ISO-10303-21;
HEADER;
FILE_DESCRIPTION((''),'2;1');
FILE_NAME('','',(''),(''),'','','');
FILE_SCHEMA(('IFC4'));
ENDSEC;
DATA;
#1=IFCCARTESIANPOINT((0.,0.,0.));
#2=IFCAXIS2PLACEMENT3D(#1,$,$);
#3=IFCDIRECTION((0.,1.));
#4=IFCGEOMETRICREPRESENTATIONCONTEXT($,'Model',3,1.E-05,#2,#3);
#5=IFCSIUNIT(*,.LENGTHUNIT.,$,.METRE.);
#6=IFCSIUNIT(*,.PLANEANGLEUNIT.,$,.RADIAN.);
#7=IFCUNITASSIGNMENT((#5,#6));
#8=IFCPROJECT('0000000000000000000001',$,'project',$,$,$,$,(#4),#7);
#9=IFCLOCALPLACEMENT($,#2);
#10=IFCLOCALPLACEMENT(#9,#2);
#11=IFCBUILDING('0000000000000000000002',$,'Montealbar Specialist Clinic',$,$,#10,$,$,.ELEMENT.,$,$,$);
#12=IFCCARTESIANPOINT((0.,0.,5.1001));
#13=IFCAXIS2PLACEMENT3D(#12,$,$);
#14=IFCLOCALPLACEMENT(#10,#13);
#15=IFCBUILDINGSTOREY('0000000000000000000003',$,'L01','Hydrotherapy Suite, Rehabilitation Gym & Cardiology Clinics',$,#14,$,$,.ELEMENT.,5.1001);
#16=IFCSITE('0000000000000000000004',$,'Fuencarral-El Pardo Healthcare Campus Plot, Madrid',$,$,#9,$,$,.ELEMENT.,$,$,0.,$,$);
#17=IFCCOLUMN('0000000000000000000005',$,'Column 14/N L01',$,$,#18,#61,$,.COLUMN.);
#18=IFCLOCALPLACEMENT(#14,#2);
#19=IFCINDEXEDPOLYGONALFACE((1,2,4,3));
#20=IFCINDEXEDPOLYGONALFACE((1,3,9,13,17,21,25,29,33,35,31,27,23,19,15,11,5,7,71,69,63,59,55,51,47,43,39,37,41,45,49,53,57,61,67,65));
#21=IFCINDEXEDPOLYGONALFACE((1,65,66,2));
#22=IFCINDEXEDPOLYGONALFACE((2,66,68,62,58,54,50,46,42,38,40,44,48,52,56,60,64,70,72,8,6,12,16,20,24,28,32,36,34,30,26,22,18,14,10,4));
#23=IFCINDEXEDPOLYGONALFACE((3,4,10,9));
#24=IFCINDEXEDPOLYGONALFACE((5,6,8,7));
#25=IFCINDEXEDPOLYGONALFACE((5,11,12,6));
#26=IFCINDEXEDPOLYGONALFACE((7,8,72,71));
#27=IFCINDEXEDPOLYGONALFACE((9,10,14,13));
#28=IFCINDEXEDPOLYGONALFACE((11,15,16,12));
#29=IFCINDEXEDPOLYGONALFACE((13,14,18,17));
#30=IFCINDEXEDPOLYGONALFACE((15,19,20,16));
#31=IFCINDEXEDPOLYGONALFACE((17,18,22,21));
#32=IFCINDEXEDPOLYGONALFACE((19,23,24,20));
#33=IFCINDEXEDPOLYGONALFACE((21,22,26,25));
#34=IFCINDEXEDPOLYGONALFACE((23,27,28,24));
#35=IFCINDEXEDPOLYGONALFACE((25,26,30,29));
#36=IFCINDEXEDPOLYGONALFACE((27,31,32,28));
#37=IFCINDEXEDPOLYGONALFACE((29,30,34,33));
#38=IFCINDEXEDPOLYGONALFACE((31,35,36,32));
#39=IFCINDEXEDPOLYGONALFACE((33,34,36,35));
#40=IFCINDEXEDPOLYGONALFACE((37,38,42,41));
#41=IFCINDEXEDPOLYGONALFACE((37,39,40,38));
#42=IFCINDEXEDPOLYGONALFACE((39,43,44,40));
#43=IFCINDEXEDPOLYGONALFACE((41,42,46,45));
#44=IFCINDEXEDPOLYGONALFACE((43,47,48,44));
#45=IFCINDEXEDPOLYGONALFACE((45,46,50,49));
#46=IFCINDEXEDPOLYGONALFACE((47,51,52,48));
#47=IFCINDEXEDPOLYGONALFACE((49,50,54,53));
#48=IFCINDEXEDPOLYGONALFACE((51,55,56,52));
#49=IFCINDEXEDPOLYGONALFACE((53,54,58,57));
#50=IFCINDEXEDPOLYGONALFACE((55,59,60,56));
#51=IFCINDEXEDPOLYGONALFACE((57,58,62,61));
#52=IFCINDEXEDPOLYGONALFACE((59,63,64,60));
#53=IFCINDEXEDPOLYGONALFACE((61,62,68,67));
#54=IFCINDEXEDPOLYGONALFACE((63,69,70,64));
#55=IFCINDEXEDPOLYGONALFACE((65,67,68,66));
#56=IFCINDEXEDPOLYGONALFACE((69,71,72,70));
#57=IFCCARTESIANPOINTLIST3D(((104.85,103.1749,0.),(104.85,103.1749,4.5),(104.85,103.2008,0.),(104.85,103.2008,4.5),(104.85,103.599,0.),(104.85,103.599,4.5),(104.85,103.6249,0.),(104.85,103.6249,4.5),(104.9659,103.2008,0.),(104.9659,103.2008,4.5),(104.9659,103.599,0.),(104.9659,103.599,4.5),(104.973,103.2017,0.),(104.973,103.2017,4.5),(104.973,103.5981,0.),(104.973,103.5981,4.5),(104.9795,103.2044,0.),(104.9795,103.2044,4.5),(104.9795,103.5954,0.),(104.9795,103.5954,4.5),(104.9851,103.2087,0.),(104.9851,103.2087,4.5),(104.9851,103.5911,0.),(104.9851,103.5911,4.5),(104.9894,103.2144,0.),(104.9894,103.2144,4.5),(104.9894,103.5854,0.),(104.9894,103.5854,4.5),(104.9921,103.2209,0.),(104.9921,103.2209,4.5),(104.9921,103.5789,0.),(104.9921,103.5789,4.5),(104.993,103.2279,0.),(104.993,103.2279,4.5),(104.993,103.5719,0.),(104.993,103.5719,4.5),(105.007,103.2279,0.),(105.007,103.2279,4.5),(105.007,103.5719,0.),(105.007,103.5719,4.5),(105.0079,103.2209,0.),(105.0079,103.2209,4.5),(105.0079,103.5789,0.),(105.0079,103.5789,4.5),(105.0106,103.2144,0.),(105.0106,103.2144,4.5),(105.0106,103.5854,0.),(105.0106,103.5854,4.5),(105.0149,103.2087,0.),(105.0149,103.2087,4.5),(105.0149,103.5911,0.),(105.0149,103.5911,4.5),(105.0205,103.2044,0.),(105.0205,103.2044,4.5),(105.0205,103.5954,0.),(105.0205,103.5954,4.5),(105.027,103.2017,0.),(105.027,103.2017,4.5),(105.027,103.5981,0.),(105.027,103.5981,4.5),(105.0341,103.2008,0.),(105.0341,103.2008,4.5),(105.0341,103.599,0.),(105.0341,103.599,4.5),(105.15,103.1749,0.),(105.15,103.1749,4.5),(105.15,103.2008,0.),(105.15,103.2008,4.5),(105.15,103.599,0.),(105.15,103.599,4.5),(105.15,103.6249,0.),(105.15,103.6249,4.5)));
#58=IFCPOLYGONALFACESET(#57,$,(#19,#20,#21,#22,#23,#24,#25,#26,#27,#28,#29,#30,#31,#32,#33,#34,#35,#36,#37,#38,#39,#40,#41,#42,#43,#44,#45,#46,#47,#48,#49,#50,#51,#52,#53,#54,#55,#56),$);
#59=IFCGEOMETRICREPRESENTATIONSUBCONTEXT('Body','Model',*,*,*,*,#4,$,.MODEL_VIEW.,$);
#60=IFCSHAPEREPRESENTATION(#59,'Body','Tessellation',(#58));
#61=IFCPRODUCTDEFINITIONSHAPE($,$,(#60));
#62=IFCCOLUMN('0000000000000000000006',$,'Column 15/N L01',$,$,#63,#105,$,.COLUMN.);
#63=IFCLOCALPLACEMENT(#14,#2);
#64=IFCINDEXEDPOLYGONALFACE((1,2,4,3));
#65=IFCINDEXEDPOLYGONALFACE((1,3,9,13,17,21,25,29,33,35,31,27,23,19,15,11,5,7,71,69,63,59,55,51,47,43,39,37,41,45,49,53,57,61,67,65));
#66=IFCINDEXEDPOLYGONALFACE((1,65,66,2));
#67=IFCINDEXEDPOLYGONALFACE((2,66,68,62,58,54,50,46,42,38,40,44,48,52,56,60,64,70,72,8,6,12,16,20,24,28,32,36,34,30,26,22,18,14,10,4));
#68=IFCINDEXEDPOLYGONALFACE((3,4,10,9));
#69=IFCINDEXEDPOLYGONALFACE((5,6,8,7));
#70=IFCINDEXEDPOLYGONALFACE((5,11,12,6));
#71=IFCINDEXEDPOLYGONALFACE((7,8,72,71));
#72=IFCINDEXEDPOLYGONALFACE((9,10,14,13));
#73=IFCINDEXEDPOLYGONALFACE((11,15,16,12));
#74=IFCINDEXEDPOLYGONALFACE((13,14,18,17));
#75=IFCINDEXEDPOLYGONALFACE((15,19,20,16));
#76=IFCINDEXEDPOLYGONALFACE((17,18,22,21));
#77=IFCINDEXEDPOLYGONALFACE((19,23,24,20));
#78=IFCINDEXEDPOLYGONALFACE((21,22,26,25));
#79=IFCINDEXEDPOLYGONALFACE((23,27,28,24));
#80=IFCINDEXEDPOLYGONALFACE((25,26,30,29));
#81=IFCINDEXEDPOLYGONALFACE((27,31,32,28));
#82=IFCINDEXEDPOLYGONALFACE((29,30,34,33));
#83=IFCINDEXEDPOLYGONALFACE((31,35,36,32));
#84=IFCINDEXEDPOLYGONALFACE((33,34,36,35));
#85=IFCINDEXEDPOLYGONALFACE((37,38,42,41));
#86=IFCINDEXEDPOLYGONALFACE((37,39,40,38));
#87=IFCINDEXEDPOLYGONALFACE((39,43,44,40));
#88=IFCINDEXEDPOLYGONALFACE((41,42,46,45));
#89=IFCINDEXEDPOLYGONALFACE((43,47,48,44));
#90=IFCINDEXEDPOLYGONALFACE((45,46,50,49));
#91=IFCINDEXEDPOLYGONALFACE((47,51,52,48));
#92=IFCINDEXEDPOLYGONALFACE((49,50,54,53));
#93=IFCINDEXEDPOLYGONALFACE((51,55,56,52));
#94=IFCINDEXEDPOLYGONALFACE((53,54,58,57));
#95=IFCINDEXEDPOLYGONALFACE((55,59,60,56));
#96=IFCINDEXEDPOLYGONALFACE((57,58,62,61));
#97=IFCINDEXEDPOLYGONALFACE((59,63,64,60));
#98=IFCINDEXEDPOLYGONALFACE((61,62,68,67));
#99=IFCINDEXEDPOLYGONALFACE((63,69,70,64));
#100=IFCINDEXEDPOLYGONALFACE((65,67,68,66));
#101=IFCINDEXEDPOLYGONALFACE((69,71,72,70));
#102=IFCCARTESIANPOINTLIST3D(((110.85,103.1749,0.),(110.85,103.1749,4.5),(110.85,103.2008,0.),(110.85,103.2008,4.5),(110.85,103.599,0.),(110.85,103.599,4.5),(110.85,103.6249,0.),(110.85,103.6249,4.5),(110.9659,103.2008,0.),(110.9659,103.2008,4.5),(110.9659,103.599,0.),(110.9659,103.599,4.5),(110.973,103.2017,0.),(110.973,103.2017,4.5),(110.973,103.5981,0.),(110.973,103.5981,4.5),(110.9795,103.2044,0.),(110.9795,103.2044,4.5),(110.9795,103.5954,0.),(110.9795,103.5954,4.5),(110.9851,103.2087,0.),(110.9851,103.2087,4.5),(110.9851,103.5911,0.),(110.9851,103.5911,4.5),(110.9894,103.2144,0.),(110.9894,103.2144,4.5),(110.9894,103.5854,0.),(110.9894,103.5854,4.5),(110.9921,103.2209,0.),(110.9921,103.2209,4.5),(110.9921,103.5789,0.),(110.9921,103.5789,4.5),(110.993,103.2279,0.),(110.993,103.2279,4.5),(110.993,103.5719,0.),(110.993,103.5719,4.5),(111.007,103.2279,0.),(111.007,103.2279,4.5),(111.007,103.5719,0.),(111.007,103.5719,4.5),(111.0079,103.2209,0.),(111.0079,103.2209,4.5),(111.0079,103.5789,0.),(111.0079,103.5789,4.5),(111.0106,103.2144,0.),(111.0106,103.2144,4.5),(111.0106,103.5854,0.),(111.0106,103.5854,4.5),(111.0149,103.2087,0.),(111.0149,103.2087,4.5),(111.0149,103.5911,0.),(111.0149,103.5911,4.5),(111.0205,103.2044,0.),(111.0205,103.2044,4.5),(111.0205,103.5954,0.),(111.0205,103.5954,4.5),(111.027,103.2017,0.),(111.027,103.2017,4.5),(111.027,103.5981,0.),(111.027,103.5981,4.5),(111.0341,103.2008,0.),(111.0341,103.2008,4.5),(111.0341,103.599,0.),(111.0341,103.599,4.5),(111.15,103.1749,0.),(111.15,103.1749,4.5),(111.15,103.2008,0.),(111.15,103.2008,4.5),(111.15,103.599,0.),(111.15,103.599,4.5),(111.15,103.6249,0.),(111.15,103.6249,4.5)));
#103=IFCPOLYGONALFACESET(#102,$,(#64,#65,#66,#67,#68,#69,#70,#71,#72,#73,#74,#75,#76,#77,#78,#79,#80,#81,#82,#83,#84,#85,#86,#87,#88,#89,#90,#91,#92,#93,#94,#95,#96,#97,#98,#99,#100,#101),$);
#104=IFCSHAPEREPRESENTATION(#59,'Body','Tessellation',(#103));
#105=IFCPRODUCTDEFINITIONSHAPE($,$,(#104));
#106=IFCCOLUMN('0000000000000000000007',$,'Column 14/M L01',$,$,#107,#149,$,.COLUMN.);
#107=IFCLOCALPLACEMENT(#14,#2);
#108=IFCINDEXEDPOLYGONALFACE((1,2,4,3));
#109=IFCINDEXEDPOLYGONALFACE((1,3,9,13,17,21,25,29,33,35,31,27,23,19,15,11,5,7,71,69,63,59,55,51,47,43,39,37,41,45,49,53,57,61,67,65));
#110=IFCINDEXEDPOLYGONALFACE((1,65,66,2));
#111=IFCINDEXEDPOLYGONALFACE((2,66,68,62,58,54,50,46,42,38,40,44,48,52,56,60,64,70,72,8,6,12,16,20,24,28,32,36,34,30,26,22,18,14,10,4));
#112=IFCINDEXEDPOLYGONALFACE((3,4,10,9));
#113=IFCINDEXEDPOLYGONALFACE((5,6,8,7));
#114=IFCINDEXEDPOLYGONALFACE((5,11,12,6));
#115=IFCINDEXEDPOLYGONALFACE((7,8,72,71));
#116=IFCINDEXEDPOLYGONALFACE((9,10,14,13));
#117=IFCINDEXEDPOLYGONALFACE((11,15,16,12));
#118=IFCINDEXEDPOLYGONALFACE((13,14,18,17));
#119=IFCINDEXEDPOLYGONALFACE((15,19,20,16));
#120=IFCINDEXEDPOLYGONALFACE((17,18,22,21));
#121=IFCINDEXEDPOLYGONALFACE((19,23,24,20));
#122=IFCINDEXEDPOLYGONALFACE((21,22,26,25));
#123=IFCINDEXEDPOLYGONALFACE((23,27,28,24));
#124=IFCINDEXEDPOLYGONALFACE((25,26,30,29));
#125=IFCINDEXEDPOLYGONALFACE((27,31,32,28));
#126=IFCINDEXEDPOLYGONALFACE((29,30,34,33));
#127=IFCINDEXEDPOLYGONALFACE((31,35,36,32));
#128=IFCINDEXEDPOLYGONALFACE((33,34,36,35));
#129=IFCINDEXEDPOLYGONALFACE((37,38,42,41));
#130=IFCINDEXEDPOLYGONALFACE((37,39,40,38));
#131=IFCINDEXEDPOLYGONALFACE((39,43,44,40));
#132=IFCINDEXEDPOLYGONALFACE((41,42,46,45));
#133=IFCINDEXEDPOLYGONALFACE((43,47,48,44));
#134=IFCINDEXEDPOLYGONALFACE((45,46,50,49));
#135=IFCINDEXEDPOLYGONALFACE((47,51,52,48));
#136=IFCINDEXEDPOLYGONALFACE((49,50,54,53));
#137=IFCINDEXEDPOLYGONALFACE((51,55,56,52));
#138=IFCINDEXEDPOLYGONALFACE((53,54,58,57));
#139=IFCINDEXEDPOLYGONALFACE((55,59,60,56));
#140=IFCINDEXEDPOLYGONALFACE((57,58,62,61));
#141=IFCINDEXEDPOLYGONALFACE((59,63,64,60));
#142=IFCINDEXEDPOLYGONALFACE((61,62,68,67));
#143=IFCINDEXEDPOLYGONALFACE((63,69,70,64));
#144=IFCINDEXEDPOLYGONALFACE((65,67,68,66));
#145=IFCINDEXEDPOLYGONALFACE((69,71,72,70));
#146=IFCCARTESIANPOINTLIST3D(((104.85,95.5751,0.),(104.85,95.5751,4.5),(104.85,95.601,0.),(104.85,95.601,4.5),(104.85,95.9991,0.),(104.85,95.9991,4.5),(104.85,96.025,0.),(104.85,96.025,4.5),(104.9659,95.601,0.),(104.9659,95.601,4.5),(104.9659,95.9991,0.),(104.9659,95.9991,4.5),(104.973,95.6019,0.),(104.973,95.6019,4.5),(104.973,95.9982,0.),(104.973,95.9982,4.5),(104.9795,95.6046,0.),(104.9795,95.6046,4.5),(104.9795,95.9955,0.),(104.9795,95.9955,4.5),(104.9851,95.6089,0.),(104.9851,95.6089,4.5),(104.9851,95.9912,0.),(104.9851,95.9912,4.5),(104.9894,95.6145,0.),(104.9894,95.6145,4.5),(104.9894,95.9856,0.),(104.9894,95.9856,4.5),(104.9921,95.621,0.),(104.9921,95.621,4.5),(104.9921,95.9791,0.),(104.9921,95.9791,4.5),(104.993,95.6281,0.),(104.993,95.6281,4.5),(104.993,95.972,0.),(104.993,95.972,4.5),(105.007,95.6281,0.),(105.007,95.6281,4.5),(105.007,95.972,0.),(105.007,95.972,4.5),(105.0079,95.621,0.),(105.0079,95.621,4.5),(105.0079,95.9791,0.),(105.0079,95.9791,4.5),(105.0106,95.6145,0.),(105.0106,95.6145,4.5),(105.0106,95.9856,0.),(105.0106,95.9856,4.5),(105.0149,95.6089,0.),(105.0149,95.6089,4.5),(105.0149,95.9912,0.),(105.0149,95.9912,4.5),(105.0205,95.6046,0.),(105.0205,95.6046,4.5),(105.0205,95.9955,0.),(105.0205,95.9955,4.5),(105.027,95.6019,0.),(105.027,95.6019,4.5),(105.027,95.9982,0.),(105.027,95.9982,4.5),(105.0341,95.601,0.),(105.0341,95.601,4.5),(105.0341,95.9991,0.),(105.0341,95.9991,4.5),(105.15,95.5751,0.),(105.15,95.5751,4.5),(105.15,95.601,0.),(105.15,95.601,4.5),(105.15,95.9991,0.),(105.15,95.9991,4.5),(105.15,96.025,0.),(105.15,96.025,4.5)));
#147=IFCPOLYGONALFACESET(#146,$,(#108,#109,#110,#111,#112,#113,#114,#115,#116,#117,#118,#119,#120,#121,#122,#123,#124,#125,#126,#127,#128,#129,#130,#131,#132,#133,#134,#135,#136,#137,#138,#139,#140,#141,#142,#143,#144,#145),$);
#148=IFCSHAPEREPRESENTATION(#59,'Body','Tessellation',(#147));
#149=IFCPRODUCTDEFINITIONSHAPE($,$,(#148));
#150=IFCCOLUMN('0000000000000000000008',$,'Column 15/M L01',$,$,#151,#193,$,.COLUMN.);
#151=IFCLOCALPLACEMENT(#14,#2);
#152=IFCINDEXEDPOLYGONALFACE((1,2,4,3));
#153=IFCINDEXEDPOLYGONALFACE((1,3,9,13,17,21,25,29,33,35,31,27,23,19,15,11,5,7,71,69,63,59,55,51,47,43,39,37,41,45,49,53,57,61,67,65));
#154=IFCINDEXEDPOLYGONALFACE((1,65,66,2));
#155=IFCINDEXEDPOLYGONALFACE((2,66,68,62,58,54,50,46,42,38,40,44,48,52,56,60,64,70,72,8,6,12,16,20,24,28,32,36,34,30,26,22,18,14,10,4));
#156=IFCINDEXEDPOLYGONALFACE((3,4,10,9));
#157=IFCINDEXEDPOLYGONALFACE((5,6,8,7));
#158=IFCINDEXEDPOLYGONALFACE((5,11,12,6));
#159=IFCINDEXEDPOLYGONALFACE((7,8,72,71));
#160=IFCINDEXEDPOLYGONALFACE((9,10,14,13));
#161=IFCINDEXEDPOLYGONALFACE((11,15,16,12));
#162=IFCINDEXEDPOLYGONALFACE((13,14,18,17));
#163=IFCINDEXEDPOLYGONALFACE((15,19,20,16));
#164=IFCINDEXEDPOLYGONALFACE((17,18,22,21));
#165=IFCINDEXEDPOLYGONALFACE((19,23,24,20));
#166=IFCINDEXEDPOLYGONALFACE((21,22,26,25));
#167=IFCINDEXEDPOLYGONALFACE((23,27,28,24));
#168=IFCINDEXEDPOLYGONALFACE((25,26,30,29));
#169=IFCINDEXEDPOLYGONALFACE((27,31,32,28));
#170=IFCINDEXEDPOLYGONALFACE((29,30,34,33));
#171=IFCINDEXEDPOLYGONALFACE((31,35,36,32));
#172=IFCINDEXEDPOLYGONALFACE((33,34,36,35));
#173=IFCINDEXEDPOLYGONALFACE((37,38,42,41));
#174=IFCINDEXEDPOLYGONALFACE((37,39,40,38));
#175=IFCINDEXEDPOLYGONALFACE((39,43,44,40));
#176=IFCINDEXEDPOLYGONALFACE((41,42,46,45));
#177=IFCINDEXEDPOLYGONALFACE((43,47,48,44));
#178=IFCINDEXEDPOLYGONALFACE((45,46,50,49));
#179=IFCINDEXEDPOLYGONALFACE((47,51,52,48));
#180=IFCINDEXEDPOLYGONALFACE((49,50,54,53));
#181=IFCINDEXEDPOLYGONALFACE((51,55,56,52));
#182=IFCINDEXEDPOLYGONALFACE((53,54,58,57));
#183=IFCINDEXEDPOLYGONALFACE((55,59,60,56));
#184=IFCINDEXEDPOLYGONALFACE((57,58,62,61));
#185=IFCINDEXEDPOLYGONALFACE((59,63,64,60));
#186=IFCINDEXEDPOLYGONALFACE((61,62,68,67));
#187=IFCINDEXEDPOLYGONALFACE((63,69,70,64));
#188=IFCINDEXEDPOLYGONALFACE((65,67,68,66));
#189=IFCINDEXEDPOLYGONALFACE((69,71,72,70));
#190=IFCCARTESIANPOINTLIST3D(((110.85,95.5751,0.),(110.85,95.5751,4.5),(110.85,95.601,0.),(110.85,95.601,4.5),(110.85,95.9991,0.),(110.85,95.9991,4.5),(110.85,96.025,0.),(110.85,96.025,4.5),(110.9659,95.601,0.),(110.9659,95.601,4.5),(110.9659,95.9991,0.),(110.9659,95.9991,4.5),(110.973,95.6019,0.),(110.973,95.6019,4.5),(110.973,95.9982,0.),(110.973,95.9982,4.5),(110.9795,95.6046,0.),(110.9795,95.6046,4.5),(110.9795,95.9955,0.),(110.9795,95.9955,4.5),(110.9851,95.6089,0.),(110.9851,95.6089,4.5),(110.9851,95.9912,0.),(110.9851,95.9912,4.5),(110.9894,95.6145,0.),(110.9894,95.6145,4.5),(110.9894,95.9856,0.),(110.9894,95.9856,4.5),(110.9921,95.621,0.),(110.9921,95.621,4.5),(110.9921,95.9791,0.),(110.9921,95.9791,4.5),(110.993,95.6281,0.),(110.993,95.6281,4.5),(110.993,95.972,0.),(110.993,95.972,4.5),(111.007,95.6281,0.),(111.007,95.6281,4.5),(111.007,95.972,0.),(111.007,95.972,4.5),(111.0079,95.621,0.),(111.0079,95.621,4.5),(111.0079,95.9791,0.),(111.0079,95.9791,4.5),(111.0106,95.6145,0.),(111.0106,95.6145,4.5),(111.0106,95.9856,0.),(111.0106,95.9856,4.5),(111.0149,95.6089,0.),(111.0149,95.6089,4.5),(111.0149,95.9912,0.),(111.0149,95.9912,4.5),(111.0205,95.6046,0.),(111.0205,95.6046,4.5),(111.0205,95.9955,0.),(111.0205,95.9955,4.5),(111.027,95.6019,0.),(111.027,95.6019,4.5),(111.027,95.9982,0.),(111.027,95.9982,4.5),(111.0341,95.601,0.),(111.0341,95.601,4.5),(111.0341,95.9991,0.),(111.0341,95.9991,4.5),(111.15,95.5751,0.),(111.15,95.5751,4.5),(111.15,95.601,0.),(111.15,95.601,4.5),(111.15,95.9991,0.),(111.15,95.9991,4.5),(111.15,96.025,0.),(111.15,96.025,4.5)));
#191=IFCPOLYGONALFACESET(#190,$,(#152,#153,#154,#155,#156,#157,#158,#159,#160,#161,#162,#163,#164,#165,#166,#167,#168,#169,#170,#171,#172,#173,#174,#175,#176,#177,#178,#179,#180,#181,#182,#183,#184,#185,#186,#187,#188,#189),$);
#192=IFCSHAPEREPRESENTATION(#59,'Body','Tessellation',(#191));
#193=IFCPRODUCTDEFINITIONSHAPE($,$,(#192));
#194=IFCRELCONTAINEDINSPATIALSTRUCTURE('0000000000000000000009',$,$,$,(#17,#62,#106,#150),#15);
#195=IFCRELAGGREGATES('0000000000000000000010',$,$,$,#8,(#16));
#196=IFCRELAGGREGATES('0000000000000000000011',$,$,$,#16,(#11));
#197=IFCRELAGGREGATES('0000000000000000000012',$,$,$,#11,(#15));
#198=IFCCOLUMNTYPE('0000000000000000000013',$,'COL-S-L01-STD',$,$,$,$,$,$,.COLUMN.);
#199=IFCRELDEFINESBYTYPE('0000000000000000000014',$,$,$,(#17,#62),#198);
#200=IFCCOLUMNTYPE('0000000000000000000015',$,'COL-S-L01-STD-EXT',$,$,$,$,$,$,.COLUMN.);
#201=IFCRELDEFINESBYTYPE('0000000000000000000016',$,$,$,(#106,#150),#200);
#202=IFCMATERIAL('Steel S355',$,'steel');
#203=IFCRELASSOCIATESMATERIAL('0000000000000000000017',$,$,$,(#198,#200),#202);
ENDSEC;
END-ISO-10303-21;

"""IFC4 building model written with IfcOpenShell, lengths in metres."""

from ifc_helpers import new_model, si_unit, direction, frame, origin, origin_2d, place, context, subcontext, project, spatial, i_section, extrude, material, material_profile, profile_set, type_object, element, save


model = new_model("IFC4")

# Units and contexts
model_context = context("Model", 3, precision=1e-05, world=origin(), true_north=direction((0.0, 1.0)))
body_context = subcontext(model_context, "Body", "Model", "MODEL_VIEW")
ifc_project = project(units=[si_unit("LENGTHUNIT", "METRE"), si_unit("PLANEANGLEUNIT", "RADIAN")], contexts=[model_context])

# Site, building, storey
site_placement = place(None, origin())
site = spatial("IfcSite", under=ifc_project, at=site_placement, Name="Fuencarral-El Pardo Healthcare Campus Plot, Madrid", CompositionType="ELEMENT", RefElevation=0.0)
building_placement = place(site_placement, origin())
building = spatial("IfcBuilding", under=site, at=building_placement, Name="Montealbar Specialist Clinic", CompositionType="ELEMENT")
storey_placement = place(building_placement, frame((0.0, 0.0, 5.1001)))
storey = spatial("IfcBuildingStorey", under=building, at=storey_placement, Name="L01", Description="Hydrotherapy Suite, Rehabilitation Gym & Cardiology Clinics", CompositionType="ELEMENT", Elevation=5.1001)

# Columns
ifc_material_1 = material(Name="Steel S355", Category="steel")
ifc_material_profile_1 = material_profile(ifc_material_1, i_section(OverallWidth=0.3, OverallDepth=0.45, WebThickness=0.0139, FlangeThickness=0.0259, FilletRadius=0.0271, at=origin_2d()), Name="HEB 450", Category="steel")
ifc_profile_set_1 = profile_set([ifc_material_profile_1], Name="Steel S355")
column_type_1 = type_object("IfcColumnType", Name="COL-S-L01-STD", PredefinedType="COLUMN", material=ifc_profile_set_1)
for number, where, z_axis, x_axis, name in (
    (1, (105.0, 103.3999, 0.0), (0.0, 0.0, 1.0), (1.0, 0.0, 0.0), "Column 14/N L01"),
    (2, (111.0, 103.3999, 0.0), (0.0, 0.0, 1.0), (1.0, 0.0, 0.0), "Column 15/N L01"),
):
    element("IfcColumn", number, at=place(storey_placement, frame(where, z_axis=z_axis, x_axis=x_axis)), inside=storey, type_object=column_type_1, Name=name, PredefinedType="COLUMN", context=body_context, shape_type="SweptSolid", body=[
        extrude(i_section(OverallWidth=0.3, OverallDepth=0.45, WebThickness=0.0139, FlangeThickness=0.0259, FilletRadius=0.0271, at=origin_2d()), origin(), (0.0, 0.0, 1.0), 4.5),
    ])
ifc_material_profile_2 = material_profile(ifc_material_1, i_section(OverallWidth=0.3, OverallDepth=0.45, WebThickness=0.0139, FlangeThickness=0.0259, FilletRadius=0.0271, at=origin_2d()), Name="HEB 450", Category="steel")
ifc_profile_set_2 = profile_set([ifc_material_profile_2], Name="Steel S355")
column_type_2 = type_object("IfcColumnType", Name="COL-S-L01-STD-EXT", PredefinedType="COLUMN", material=ifc_profile_set_2)
for number, where, z_axis, x_axis, name in (
    (3, (105.0, 95.8, 0.0), (0.0, 0.0, 1.0), (1.0, 0.0, 0.0), "Column 14/M L01"),
    (4, (111.0, 95.8, 0.0), (0.0, 0.0, 1.0), (1.0, 0.0, 0.0), "Column 15/M L01"),
):
    element("IfcColumn", number, at=place(storey_placement, frame(where, z_axis=z_axis, x_axis=x_axis)), inside=storey, type_object=column_type_2, Name=name, PredefinedType="COLUMN", context=body_context, shape_type="SweptSolid", body=[
        extrude(i_section(OverallWidth=0.3, OverallDepth=0.45, WebThickness=0.0139, FlangeThickness=0.0259, FilletRadius=0.0271, at=origin_2d()), origin(), (0.0, 0.0, 1.0), 4.5),
    ])

save(model, "model.ifc")
